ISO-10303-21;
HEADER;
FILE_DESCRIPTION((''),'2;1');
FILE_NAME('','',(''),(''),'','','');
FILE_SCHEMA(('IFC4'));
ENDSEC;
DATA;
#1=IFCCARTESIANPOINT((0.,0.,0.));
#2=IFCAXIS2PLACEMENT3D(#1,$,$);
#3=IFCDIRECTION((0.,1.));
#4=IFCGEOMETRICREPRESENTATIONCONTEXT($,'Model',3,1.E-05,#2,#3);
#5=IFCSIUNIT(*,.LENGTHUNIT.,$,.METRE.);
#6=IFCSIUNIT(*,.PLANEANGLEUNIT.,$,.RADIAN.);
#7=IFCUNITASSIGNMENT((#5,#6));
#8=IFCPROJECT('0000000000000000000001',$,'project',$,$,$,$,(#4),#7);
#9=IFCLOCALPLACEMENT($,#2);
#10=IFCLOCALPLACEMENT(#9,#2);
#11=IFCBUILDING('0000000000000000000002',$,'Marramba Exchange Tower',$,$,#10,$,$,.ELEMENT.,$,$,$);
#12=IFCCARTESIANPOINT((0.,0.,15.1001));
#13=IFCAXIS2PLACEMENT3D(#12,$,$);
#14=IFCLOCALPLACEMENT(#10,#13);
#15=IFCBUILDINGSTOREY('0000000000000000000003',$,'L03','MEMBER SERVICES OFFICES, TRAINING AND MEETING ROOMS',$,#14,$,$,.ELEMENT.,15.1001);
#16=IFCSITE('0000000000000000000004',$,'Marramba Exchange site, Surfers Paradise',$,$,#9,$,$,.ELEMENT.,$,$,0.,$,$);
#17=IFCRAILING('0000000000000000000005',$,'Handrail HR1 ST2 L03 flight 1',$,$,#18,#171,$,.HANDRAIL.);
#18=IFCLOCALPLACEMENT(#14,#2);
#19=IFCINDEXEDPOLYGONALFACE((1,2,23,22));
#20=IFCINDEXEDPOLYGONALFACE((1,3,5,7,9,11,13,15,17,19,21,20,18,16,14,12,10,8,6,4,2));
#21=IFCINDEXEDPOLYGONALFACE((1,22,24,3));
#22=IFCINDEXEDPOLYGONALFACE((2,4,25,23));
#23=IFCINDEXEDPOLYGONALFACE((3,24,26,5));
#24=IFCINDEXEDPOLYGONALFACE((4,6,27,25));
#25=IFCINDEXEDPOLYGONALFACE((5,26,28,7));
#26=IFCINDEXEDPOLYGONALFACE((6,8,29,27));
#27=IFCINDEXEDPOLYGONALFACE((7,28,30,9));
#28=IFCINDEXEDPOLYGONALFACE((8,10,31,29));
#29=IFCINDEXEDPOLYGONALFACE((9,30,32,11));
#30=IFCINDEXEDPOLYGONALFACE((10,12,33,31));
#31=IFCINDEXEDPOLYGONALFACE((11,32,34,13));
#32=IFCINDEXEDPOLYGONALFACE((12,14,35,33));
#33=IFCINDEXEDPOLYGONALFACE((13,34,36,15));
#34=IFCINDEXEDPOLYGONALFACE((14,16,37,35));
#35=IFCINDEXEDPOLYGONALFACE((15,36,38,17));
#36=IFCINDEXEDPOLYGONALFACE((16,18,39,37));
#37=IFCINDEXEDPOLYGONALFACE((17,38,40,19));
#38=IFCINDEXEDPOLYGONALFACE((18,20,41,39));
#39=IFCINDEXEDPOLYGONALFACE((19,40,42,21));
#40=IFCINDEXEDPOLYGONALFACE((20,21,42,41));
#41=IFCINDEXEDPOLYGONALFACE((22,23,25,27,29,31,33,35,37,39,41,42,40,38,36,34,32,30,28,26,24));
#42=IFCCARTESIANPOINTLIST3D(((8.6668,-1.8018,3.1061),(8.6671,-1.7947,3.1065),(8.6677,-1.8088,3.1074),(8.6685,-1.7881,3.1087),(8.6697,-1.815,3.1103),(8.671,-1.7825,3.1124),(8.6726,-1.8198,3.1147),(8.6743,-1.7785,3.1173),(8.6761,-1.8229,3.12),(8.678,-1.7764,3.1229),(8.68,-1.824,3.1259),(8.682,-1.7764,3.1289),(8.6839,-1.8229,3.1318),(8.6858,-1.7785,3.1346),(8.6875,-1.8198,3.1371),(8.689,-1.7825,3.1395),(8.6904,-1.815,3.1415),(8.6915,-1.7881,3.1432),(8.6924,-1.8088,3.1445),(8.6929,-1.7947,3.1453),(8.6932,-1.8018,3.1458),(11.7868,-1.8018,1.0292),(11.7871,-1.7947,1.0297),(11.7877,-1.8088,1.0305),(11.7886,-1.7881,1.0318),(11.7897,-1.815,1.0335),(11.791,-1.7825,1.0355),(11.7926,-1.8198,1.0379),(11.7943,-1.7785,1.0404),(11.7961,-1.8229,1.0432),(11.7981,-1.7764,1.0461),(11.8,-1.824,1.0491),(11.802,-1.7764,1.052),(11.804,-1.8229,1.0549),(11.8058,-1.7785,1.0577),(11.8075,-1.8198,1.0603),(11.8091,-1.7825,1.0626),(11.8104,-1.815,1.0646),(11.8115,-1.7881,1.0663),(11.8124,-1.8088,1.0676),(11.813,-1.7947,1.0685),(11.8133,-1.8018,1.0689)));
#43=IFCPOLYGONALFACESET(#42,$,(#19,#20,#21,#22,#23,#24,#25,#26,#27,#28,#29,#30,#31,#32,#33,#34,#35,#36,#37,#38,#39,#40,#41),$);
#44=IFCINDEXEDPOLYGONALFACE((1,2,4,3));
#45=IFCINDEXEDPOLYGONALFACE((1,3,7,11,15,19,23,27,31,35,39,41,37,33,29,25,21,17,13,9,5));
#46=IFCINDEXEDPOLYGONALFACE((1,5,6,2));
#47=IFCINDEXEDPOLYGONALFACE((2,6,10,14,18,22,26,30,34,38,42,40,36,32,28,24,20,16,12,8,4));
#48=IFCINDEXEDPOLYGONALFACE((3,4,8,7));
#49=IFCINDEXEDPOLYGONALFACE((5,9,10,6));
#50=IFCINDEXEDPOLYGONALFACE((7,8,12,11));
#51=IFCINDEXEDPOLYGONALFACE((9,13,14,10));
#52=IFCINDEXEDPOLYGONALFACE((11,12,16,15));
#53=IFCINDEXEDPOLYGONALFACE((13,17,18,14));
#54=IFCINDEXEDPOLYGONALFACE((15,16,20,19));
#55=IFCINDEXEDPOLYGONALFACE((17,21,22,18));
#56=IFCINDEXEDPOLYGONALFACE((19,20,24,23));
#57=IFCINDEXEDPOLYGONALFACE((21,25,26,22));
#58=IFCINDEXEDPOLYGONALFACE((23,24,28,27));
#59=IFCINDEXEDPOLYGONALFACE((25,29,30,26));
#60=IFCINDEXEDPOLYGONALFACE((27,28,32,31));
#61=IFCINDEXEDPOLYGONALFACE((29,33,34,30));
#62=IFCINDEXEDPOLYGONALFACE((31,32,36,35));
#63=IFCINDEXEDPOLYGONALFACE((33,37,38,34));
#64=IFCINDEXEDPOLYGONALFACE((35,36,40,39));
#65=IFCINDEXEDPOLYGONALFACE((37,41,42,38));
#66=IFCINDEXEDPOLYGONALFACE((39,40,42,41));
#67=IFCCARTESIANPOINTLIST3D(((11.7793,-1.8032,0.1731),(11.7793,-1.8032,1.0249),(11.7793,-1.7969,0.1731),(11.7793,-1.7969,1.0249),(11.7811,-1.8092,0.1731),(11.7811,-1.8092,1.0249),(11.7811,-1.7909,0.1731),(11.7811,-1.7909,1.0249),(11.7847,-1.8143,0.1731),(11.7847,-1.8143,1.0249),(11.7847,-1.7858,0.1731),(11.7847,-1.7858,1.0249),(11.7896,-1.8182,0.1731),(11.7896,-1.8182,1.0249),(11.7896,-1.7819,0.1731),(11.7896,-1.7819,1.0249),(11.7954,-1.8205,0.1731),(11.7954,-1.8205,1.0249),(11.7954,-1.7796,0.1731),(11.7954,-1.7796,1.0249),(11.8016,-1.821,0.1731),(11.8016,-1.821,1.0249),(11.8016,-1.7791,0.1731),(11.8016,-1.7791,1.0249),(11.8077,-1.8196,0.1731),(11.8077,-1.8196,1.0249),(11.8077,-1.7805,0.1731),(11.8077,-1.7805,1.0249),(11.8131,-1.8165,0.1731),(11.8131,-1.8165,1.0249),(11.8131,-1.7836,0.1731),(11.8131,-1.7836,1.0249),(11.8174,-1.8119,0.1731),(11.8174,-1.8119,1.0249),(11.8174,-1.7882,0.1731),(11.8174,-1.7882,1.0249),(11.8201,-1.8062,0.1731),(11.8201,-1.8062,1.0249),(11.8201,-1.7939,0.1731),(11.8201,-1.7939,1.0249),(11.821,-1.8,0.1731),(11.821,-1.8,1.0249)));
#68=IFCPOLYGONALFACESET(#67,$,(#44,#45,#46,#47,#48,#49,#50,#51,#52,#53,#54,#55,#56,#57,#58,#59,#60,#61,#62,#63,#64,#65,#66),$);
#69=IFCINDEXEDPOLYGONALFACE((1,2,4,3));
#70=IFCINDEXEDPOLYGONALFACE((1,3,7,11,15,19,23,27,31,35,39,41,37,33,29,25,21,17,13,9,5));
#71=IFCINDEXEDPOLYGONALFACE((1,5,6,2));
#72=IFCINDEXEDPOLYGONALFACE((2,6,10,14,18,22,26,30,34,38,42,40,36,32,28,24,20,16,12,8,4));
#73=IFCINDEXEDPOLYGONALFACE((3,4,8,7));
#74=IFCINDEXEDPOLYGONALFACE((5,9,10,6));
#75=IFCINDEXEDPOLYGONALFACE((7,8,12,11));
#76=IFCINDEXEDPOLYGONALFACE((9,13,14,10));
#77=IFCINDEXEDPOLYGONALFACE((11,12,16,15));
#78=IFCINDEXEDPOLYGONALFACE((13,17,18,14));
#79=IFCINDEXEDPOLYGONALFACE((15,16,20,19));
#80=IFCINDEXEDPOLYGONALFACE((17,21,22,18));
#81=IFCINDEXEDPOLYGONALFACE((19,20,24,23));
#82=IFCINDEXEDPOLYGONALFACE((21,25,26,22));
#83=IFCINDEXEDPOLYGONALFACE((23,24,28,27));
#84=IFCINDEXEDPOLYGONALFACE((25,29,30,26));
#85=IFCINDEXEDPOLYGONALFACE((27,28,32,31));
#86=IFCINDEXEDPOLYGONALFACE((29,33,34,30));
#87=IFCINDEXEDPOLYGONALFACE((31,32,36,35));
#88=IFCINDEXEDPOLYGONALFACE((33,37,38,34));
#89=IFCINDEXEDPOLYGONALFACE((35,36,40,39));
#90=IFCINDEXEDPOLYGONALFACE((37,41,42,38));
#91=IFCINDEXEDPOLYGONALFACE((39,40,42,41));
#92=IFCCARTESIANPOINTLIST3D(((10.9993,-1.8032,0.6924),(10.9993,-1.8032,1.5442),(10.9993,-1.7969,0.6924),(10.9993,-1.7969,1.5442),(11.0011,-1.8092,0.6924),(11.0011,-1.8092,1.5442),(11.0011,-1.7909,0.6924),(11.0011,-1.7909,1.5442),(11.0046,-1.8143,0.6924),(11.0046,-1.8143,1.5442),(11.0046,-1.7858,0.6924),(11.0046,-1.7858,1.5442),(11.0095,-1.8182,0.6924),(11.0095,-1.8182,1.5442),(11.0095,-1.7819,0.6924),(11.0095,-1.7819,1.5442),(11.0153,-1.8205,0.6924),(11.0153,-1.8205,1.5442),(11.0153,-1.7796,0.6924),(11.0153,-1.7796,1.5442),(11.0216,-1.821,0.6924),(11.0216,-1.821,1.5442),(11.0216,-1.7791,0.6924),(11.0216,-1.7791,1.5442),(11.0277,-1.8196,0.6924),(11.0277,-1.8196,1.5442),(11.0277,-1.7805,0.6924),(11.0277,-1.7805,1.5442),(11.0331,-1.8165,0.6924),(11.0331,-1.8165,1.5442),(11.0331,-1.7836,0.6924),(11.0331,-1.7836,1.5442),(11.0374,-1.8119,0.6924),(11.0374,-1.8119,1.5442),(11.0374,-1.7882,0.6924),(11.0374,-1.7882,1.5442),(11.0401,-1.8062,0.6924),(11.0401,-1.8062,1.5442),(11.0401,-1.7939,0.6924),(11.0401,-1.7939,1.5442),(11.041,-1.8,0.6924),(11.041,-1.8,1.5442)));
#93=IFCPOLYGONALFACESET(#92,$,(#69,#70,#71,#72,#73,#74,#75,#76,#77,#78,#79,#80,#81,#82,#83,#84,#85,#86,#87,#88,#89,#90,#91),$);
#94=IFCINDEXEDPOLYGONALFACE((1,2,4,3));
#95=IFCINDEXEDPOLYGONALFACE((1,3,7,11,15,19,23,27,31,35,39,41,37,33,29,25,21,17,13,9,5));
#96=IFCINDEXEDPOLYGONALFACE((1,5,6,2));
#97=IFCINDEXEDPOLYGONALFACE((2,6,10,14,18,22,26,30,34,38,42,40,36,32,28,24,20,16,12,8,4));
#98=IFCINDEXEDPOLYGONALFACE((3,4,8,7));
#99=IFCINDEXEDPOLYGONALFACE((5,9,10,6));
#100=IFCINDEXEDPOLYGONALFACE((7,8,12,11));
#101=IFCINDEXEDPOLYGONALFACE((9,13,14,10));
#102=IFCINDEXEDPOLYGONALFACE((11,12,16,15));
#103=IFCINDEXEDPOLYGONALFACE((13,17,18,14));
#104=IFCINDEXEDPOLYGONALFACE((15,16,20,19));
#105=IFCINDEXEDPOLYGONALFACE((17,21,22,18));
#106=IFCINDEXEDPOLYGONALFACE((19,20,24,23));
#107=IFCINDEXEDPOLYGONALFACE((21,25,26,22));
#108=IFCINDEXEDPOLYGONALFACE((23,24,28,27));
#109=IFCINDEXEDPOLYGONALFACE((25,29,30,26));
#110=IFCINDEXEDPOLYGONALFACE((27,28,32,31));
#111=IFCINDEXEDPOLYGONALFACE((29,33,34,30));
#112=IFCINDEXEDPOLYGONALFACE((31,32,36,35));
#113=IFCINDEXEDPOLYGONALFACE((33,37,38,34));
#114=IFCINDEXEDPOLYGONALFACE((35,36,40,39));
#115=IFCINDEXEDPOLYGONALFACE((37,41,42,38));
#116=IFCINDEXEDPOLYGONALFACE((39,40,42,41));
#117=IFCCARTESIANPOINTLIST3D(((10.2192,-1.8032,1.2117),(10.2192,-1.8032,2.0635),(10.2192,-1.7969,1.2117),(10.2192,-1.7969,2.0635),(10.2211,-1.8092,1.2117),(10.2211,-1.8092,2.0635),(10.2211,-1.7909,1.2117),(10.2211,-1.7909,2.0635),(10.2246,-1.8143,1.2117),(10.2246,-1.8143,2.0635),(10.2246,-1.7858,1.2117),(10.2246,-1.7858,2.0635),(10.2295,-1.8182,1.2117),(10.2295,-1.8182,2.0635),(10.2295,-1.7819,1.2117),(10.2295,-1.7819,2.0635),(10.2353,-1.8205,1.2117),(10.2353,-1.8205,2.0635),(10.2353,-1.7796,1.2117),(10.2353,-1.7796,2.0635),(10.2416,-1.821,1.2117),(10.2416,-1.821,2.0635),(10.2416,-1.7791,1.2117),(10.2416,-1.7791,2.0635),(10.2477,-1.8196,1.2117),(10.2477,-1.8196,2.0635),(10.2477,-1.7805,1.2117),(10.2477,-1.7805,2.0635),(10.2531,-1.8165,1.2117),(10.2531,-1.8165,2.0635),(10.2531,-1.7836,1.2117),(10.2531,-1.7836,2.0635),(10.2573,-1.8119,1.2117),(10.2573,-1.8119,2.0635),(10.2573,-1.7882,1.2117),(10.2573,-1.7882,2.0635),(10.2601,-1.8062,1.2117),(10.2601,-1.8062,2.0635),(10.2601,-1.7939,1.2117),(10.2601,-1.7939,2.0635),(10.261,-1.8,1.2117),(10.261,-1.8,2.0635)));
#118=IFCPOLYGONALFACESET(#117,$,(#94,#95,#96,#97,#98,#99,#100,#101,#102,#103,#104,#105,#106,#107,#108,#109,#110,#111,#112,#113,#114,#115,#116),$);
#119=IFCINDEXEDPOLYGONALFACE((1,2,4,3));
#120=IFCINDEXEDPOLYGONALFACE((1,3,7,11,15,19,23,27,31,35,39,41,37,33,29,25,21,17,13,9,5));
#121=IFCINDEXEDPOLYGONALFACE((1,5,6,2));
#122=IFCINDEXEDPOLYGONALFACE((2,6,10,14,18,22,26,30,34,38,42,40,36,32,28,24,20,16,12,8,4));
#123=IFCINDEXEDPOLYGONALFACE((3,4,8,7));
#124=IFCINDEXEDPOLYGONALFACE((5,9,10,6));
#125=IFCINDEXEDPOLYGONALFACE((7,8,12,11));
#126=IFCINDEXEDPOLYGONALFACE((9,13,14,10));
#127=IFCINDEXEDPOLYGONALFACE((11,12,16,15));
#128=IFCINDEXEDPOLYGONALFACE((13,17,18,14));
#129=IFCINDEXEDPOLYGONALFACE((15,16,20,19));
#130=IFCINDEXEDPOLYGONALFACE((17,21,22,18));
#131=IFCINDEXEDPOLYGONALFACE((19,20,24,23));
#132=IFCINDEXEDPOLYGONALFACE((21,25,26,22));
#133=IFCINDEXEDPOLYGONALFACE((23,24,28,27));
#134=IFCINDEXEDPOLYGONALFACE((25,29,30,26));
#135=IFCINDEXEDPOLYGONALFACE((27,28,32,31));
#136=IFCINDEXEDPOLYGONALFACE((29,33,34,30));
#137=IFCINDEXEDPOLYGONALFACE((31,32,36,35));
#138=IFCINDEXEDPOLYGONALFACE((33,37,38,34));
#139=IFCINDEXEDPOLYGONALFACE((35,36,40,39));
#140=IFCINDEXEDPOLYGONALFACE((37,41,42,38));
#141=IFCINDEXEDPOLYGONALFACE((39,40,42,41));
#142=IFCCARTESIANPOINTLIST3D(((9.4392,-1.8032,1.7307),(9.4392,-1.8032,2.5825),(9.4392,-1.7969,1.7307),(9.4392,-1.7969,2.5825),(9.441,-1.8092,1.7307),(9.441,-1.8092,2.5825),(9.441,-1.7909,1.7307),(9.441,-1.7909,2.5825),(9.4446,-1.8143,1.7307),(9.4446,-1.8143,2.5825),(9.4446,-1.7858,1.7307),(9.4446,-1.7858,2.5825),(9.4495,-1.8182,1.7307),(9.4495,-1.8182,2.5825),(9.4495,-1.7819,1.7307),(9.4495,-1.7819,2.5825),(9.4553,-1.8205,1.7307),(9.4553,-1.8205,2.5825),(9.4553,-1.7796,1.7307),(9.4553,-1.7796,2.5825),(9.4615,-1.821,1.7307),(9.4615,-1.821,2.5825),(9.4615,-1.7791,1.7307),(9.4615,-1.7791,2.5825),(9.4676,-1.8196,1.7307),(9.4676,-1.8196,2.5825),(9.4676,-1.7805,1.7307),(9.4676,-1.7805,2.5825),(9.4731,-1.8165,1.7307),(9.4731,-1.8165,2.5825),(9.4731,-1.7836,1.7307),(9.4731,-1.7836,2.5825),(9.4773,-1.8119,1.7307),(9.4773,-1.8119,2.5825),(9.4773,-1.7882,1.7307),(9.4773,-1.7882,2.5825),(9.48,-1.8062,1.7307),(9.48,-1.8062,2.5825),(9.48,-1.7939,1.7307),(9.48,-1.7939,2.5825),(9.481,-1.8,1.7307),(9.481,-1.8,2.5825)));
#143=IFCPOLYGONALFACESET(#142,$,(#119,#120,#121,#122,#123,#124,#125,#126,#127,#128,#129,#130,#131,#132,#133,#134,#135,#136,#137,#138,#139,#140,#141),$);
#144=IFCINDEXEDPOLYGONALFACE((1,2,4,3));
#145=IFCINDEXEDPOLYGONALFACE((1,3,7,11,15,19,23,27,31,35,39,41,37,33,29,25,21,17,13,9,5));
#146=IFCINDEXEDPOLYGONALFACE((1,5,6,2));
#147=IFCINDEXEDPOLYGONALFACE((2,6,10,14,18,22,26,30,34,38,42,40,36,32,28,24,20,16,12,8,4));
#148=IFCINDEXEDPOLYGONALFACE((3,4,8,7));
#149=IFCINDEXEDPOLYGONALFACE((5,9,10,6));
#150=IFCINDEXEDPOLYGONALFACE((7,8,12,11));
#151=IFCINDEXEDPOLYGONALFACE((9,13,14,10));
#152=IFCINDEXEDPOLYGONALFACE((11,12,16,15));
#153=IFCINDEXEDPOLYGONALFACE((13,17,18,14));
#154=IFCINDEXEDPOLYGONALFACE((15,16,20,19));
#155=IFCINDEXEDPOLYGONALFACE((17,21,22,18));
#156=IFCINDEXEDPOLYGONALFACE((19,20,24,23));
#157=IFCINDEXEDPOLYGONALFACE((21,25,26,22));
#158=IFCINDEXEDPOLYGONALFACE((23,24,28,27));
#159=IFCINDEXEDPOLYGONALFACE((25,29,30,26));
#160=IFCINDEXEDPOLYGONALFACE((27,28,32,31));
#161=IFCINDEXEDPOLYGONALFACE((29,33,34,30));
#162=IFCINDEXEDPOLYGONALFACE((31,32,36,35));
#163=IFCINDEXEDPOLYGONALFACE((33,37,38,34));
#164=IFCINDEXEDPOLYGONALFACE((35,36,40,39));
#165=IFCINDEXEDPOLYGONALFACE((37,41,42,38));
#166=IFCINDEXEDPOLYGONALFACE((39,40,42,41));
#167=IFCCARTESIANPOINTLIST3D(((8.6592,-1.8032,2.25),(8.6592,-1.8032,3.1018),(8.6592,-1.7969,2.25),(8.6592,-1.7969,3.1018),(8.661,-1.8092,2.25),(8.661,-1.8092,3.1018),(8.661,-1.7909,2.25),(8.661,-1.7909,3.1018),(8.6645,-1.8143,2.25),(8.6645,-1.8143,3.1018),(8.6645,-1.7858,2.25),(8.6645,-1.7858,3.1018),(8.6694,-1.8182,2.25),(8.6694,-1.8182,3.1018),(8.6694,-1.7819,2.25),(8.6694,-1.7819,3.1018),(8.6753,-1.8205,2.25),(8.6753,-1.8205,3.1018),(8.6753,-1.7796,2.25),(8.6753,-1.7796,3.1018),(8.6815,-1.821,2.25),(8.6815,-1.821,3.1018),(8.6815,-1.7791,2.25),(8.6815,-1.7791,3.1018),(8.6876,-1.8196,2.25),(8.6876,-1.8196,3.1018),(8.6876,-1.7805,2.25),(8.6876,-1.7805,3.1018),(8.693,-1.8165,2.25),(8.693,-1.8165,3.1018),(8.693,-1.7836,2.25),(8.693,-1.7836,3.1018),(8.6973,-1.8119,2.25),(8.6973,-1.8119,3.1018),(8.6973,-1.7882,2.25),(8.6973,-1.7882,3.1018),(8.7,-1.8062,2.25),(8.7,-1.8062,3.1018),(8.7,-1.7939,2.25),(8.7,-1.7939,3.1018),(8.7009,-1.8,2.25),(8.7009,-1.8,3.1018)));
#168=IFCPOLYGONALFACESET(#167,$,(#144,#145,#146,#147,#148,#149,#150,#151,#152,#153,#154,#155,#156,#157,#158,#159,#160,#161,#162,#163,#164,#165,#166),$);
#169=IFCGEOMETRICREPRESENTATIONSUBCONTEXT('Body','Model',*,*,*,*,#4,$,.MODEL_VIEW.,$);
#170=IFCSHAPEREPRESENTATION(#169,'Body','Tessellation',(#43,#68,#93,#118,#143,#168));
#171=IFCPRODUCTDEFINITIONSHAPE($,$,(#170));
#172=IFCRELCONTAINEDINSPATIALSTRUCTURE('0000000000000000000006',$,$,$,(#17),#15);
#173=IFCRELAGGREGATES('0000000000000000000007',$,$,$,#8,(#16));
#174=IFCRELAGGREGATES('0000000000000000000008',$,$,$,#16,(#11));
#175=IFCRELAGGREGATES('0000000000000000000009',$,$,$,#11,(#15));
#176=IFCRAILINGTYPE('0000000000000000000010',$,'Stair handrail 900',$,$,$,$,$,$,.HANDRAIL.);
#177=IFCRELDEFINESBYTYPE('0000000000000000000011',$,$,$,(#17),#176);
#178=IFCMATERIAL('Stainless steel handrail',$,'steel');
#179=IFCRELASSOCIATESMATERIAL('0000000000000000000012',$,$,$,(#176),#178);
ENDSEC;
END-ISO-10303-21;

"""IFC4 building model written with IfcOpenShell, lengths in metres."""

from ifc_helpers import new_model, si_unit, direction, frame, origin, origin_2d, place, context, subcontext, project, spatial, circle, extrude, material, type_object, element, save


model = new_model("IFC4")

# Units and contexts
model_context = context("Model", 3, precision=1e-05, world=origin(), true_north=direction((0.0, 1.0)))
body_context = subcontext(model_context, "Body", "Model", "MODEL_VIEW")
ifc_project = project(units=[si_unit("LENGTHUNIT", "METRE"), si_unit("PLANEANGLEUNIT", "RADIAN")], contexts=[model_context])

# Site, building, storey
site_placement = place(None, origin())
site = spatial("IfcSite", under=ifc_project, at=site_placement, Name="Marramba Exchange site, Surfers Paradise", CompositionType="ELEMENT", RefElevation=0.0)
building_placement = place(site_placement, origin())
building = spatial("IfcBuilding", under=site, at=building_placement, Name="Marramba Exchange Tower", CompositionType="ELEMENT")
storey_placement = place(building_placement, frame((0.0, 0.0, 15.1001)))
storey = spatial("IfcBuildingStorey", under=building, at=storey_placement, Name="L03", Description="MEMBER SERVICES OFFICES, TRAINING AND MEETING ROOMS", CompositionType="ELEMENT", Elevation=15.1001)

# Railing
ifc_material_1 = material(Name="Stainless steel handrail", Category="steel")
railing_type = type_object("IfcRailingType", Name="Stair handrail 900", PredefinedType="HANDRAIL", material=ifc_material_1)
railing_1_placement = place(storey_placement, frame((11.8, -1.8, 0.1731)))
element("IfcRailing", 1, at=railing_1_placement, inside=storey, type_object=railing_type, Name="Handrail HR1 ST2 L03 flight 1", PredefinedType="HANDRAIL", context=body_context, shape_type="SweptSolid", body=[
    extrude(circle(Radius=0.0239, at=origin_2d()), frame((0.0, 0.0, 0.876), z_axis=(-0.832441, 0.0, 0.554114), x_axis=(0.0, -1.0, 0.0)), (0.0, 0.0, 1.0), 3.748),
    extrude(circle(Radius=0.021, at=origin_2d()), origin(), (0.0, 0.0, 1.0), 0.8518),
    extrude(circle(Radius=0.021, at=origin_2d()), frame((-0.78, 0.0, 0.5193)), (0.0, 0.0, 1.0), 0.8518),
    extrude(circle(Radius=0.021, at=origin_2d()), frame((-1.5601, 0.0, 1.0386)), (0.0, 0.0, 1.0), 0.8518),
    extrude(circle(Radius=0.021, at=origin_2d()), frame((-2.3401, 0.0, 1.5576)), (0.0, 0.0, 1.0), 0.8518),
    extrude(circle(Radius=0.021, at=origin_2d()), frame((-3.1201, 0.0, 2.0769)), (0.0, 0.0, 1.0), 0.8518),
])

save(model, "model.ifc")
